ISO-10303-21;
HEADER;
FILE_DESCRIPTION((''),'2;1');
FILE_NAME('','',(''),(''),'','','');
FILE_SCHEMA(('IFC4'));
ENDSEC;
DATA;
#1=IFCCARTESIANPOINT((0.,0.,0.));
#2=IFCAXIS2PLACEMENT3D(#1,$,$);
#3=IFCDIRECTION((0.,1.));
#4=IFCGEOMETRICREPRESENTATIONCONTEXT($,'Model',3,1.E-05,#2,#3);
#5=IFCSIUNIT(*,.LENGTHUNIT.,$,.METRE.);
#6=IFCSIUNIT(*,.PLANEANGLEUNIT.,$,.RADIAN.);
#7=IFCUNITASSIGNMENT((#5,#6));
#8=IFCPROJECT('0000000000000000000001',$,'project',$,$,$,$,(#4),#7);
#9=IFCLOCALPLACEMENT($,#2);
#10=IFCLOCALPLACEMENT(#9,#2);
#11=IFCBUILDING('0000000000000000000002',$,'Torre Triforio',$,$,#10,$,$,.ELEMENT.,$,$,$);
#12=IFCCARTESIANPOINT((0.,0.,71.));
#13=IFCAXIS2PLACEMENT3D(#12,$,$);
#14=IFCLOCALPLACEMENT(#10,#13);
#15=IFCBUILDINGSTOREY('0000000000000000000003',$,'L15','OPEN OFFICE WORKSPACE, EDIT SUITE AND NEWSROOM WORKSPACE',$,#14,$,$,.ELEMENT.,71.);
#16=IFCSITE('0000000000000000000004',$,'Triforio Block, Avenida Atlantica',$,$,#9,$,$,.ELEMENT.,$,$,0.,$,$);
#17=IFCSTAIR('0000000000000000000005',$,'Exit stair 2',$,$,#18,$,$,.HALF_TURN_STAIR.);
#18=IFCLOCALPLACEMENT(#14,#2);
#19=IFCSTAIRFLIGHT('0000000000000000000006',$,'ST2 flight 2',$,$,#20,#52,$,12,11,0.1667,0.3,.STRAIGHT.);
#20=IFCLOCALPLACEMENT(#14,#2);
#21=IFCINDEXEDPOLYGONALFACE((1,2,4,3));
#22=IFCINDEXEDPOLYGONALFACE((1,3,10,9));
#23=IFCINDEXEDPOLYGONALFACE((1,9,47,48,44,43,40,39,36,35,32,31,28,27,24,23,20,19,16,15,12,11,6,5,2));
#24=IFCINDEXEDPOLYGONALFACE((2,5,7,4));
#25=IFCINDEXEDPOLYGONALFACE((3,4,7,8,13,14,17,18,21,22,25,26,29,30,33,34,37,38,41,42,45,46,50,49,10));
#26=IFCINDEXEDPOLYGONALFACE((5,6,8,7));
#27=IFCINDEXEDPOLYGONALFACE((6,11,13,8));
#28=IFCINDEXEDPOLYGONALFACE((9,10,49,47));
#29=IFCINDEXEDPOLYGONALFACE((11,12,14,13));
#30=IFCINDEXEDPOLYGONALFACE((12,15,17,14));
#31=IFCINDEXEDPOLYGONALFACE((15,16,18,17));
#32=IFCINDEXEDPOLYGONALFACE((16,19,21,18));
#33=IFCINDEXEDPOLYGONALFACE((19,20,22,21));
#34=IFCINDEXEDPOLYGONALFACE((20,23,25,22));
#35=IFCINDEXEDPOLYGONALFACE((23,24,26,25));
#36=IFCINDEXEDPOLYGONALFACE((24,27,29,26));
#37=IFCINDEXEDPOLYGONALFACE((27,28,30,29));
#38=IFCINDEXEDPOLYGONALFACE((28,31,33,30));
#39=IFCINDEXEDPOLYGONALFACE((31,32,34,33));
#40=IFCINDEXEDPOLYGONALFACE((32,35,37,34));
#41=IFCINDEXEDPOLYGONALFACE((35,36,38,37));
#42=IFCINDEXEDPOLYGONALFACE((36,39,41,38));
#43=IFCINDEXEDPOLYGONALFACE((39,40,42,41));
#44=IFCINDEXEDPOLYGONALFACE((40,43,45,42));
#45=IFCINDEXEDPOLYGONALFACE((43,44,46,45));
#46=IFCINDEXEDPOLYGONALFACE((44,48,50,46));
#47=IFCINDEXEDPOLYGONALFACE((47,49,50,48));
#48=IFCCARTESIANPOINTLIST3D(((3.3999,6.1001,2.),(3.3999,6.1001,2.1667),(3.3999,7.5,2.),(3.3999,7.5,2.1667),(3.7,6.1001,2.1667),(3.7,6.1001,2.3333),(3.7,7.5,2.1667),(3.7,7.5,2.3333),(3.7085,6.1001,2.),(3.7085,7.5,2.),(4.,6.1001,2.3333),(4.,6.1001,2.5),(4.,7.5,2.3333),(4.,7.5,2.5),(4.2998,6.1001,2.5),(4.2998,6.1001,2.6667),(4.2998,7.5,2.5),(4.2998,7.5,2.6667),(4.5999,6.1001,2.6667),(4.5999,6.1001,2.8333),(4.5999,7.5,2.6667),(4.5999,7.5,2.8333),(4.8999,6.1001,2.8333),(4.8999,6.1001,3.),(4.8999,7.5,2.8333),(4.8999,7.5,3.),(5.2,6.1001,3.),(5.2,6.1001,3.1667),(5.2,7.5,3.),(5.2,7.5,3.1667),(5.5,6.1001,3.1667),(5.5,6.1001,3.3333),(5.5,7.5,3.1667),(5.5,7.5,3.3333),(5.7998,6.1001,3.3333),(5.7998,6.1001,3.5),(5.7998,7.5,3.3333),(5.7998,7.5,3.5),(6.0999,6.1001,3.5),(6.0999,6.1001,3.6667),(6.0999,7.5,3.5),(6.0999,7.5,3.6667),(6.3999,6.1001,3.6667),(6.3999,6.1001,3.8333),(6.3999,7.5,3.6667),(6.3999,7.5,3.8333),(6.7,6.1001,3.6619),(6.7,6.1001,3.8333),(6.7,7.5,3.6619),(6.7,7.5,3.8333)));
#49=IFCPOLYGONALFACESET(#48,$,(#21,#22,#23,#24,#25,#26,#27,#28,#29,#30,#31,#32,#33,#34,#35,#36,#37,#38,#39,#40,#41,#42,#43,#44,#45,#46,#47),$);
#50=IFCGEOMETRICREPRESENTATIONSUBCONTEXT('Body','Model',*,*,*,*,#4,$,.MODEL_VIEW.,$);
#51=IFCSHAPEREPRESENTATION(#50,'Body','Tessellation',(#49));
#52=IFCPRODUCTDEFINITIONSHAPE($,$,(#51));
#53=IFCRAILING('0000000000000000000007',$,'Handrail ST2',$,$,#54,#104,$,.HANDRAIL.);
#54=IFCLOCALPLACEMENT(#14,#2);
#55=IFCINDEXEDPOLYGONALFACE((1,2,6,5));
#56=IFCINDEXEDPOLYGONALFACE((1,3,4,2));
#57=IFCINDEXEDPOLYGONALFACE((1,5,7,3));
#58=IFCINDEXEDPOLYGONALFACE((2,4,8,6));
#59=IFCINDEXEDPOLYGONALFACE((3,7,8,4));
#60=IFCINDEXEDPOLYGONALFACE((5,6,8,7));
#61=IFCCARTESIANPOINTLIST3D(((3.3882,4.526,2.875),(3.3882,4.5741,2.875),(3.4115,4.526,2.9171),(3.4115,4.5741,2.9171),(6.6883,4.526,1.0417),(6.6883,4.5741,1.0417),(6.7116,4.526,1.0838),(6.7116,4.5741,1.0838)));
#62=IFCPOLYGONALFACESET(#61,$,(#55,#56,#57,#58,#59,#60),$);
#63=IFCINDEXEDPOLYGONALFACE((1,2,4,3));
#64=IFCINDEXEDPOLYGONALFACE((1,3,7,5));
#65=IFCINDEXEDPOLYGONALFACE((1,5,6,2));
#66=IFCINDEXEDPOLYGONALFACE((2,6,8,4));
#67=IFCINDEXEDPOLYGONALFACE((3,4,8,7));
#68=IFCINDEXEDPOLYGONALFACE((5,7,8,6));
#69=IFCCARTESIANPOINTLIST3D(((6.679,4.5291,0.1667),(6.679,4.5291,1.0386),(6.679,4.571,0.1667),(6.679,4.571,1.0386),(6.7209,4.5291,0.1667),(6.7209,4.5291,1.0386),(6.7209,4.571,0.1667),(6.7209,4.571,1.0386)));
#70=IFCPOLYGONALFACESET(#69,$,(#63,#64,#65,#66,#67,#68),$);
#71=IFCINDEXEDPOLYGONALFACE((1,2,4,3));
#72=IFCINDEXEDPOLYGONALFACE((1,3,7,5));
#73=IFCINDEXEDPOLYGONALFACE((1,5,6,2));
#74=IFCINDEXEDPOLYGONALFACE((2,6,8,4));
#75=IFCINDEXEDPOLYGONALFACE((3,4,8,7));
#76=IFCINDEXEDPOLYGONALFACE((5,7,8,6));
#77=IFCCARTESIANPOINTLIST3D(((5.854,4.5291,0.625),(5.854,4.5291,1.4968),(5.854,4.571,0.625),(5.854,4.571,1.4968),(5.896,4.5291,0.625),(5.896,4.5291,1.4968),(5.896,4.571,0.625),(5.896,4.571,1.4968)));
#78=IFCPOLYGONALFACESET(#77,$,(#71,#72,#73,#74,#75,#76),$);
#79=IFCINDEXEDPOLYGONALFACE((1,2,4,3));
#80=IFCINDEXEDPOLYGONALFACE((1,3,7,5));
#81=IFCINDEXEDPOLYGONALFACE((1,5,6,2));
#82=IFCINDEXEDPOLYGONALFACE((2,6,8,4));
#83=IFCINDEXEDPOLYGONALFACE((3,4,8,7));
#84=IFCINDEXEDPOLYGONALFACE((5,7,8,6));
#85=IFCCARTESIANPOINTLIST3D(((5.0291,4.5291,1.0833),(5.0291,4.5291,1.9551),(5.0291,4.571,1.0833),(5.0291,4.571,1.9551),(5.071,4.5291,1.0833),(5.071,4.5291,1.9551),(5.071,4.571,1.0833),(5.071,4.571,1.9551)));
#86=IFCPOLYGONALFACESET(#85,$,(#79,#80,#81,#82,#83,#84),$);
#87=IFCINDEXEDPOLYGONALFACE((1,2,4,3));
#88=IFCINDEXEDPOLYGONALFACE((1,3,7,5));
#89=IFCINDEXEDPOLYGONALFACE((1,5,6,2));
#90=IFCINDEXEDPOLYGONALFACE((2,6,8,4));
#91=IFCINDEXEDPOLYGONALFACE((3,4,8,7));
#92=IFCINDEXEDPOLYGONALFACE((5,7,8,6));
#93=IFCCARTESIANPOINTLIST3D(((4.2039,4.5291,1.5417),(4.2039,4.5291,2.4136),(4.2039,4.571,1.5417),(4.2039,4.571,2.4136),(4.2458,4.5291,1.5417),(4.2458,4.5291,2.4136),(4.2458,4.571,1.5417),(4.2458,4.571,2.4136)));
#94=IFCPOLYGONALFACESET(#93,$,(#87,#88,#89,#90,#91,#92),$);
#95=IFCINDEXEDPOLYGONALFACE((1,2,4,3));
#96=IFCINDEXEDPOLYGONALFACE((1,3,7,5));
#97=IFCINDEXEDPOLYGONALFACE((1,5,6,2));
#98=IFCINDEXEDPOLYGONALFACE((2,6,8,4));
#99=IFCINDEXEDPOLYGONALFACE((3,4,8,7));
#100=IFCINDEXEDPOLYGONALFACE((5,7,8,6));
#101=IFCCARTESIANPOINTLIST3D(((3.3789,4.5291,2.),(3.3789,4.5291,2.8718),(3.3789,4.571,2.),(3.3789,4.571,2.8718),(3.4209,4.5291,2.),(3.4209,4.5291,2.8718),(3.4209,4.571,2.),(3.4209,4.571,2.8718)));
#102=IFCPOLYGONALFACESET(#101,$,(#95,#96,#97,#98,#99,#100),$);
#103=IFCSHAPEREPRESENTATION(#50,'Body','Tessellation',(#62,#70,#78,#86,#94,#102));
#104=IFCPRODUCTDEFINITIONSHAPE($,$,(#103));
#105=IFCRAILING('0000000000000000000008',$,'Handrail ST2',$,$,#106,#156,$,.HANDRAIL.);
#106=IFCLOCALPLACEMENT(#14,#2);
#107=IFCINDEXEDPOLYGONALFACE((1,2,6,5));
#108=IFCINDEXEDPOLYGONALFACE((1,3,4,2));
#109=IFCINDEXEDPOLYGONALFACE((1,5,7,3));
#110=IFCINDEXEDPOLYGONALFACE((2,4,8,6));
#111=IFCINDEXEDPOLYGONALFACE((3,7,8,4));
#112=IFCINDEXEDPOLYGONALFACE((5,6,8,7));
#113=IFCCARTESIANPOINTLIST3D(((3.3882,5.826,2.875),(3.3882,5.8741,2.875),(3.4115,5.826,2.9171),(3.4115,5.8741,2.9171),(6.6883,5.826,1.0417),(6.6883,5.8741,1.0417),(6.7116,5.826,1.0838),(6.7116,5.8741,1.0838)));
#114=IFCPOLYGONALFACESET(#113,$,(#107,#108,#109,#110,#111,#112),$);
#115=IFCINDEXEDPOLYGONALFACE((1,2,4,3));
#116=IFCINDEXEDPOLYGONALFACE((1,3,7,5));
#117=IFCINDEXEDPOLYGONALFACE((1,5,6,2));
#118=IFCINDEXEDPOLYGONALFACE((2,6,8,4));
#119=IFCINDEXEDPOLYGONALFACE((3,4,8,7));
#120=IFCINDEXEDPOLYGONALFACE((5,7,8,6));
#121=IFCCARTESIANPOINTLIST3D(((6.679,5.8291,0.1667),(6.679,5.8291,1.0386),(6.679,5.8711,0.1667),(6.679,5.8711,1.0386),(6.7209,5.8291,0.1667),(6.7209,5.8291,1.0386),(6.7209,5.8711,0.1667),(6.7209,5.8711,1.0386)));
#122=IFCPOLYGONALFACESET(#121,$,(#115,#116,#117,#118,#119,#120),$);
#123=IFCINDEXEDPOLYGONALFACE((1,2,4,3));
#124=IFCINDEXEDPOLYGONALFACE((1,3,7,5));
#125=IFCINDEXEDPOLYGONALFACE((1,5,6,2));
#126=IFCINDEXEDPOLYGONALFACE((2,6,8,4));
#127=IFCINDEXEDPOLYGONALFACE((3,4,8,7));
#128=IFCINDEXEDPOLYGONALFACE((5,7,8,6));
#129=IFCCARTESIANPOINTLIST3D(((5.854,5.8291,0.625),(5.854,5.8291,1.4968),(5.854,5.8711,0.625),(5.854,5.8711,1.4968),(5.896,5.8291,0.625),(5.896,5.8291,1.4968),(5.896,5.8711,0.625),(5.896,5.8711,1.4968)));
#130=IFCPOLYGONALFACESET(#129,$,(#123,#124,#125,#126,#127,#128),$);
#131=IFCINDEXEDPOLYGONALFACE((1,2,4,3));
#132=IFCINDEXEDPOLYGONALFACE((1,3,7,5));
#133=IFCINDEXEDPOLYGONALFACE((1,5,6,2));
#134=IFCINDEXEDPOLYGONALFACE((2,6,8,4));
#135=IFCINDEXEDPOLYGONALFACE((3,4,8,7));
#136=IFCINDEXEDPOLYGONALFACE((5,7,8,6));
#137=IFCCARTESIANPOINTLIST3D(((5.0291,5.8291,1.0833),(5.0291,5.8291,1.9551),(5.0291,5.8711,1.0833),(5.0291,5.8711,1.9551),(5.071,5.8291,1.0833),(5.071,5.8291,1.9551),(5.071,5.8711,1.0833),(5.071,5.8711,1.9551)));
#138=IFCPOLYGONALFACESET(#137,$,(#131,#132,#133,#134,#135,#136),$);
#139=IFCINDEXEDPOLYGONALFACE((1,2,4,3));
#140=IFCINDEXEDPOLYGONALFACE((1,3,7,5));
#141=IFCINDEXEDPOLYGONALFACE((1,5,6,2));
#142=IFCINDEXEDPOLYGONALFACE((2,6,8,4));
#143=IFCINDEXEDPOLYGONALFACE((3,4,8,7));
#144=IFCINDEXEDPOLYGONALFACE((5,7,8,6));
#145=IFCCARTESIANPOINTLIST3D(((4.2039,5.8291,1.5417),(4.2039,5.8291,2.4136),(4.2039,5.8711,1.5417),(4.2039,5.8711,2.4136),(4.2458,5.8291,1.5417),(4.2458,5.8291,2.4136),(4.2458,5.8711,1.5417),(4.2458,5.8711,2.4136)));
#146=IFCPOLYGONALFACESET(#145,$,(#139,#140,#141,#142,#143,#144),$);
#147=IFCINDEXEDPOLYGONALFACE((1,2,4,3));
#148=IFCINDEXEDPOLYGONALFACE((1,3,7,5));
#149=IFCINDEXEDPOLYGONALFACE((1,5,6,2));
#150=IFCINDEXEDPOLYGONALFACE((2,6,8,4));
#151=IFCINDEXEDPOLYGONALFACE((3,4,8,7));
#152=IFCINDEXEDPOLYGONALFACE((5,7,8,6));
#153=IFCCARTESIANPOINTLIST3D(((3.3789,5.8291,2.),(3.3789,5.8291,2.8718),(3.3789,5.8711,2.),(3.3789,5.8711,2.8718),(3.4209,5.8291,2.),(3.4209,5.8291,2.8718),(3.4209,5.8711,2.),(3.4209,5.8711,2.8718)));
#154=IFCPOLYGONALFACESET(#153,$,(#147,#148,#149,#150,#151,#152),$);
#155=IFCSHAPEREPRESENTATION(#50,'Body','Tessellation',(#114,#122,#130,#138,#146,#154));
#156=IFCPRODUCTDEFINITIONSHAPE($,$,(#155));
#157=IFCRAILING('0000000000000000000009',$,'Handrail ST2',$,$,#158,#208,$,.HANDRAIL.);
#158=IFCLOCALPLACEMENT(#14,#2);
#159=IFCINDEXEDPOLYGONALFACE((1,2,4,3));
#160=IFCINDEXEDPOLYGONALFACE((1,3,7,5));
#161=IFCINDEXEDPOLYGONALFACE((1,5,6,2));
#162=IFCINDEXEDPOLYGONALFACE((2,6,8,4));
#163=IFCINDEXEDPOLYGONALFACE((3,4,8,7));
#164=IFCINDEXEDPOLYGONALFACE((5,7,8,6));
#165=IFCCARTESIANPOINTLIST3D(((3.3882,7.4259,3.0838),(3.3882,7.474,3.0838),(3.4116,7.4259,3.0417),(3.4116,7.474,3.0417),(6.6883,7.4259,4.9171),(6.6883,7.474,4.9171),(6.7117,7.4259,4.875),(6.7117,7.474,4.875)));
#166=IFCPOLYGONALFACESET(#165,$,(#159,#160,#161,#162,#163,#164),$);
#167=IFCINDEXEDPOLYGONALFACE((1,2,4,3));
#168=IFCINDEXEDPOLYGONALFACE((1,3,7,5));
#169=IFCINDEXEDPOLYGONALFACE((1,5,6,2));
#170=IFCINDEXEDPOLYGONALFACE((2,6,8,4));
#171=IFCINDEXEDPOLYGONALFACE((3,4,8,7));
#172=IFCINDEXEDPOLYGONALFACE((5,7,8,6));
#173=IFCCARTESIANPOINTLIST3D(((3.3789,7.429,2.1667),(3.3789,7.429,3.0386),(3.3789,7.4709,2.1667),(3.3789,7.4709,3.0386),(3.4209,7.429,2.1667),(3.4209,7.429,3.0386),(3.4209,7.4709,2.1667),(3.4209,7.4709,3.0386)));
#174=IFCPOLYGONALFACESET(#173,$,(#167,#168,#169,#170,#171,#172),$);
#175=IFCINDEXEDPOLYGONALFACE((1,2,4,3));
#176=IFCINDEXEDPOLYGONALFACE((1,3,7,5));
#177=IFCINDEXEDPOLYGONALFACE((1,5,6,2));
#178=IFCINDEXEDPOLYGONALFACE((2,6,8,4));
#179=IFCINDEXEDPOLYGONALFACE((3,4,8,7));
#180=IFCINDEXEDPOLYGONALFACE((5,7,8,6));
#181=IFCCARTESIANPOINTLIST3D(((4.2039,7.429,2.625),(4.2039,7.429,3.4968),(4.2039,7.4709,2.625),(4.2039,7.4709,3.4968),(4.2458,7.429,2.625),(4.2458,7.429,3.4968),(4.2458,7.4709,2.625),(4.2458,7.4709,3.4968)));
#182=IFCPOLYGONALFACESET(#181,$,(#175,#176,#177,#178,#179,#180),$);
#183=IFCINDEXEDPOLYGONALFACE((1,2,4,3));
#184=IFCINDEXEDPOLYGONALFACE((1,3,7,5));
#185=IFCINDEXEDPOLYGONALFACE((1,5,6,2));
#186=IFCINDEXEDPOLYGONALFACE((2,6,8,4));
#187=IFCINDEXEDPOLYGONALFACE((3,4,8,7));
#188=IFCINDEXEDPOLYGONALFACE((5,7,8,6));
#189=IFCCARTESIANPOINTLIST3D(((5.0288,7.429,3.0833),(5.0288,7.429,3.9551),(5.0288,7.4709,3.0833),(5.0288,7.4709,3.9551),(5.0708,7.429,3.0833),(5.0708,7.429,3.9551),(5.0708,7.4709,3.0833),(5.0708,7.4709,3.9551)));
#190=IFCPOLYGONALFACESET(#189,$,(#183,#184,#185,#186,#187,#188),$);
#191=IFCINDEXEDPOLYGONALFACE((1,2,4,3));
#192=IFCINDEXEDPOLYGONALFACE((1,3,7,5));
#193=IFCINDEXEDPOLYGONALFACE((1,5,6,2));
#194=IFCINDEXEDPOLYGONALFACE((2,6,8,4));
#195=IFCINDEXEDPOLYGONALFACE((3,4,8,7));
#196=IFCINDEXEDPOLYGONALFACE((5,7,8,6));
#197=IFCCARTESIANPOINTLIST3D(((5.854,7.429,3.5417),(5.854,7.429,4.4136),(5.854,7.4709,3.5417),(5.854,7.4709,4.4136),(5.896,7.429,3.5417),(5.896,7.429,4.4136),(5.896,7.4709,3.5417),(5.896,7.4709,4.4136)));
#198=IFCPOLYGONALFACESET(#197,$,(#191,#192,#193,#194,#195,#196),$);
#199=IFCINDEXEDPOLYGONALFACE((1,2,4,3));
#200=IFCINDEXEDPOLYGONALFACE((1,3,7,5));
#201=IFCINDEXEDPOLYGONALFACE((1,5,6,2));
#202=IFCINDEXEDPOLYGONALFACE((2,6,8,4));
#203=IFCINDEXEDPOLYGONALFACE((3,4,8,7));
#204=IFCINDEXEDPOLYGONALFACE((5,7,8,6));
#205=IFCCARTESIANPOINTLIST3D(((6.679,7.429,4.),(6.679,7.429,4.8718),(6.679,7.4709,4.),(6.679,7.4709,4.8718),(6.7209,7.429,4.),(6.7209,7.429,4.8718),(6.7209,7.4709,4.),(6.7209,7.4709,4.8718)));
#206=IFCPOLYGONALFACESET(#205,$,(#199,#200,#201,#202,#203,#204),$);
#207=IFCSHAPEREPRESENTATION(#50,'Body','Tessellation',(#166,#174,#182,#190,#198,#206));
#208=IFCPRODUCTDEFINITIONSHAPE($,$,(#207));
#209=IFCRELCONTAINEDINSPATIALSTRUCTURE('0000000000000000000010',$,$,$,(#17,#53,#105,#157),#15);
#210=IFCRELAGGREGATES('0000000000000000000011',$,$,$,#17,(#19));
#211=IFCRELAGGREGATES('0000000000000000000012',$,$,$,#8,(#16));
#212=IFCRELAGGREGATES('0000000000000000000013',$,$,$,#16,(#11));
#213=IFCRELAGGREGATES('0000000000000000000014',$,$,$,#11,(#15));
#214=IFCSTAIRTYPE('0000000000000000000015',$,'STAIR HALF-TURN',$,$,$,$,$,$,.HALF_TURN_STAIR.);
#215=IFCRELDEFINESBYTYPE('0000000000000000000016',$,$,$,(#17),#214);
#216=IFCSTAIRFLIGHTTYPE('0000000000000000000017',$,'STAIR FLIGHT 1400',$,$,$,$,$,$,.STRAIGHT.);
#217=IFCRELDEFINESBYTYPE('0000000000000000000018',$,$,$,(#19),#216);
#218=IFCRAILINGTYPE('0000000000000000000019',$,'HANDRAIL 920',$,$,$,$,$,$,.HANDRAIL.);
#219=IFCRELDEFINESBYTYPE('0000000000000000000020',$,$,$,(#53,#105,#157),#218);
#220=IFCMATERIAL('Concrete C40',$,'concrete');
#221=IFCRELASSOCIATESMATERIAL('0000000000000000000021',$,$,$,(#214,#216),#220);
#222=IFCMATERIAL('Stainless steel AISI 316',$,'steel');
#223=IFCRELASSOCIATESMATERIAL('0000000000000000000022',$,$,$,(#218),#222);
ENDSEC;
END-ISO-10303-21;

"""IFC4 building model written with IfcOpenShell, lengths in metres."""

from ifc_helpers import new_model, si_unit, direction, frame, origin, origin_2d, place, context, subcontext, project, spatial, polyline, rectangle, outline, extrude, material, type_object, element, aggregate, save


model = new_model("IFC4")

# Units and contexts
model_context = context("Model", 3, precision=1e-05, world=origin(), true_north=direction((0.0, 1.0)))
body_context = subcontext(model_context, "Body", "Model", "MODEL_VIEW")
ifc_project = project(units=[si_unit("LENGTHUNIT", "METRE"), si_unit("PLANEANGLEUNIT", "RADIAN")], contexts=[model_context])

# Site, building, storey
site_placement = place(None, origin())
site = spatial("IfcSite", under=ifc_project, at=site_placement, Name="Triforio Block, Avenida Atlantica", CompositionType="ELEMENT", RefElevation=0.0)
building_placement = place(site_placement, origin())
building = spatial("IfcBuilding", under=site, at=building_placement, Name="Torre Triforio", CompositionType="ELEMENT")
storey_placement = place(building_placement, frame((0.0, 0.0, 71.0)))
storey = spatial("IfcBuildingStorey", under=building, at=storey_placement, Name="L15", Description="OPEN OFFICE WORKSPACE, EDIT SUITE AND NEWSROOM WORKSPACE", CompositionType="ELEMENT", Elevation=71.0)

# Stair
ifc_material_1 = material(Name="Concrete C40", Category="concrete")
stair_type = type_object("IfcStairType", Name="STAIR HALF-TURN", PredefinedType="HALF_TURN_STAIR", material=ifc_material_1)
stair_1_placement = place(storey_placement, origin())
stair_1 = element("IfcStair", 1, at=stair_1_placement, inside=storey, type_object=stair_type, Name="Exit stair 2", PredefinedType="HALF_TURN_STAIR")

# Stair flight
stair_flight_type = type_object("IfcStairFlightType", Name="STAIR FLIGHT 1400", PredefinedType="STRAIGHT", material=ifc_material_1)
stair_flight_1_placement = place(storey_placement, frame((3.3999, 6.8, 2.0), z_axis=(0.0, 0.0, 1.0), x_axis=(1.0, 0.0, 0.0)))
stair_flight_1 = element("IfcStairFlight", 2, at=stair_flight_1_placement, type_object=stair_flight_type, Name="ST2 flight 2", NumberOfRisers=12, NumberOfTreads=11, PredefinedType="STRAIGHT", RiserHeight=0.1667, TreadLength=0.3, context=body_context, shape_type="SweptSolid", body=[
    extrude(outline(polyline([(0.0, 0.0), (0.0, 0.1667), (0.3, 0.1667), (0.3, 0.3333), (0.6001, 0.3333), (0.6001, 0.5), (0.8999, 0.5), (0.8999, 0.6667), (1.2, 0.6667), (1.2, 0.8333), (1.5, 0.8333), (1.5, 1.0), (1.8, 1.0), (1.8, 1.1667), (2.1001, 1.1667), (2.1001, 1.3333), (2.3999, 1.3333), (2.3999, 1.5), (2.7, 1.5), (2.7, 1.6667), (3.0, 1.6667), (3.0, 1.8333), (3.3, 1.8333), (3.3, 2.0), (3.3, 1.6619), (0.3086, 0.0), (0.0, 0.0)])), frame((0.0, 0.7, 0.0), z_axis=(0.0, -1.0, 0.0), x_axis=(1.0, 0.0, 0.0)), (0.0, 0.0, 1.0), 1.3999),
])
aggregate(stair_1, [stair_flight_1])

# Railings
ifc_material_2 = material(Name="Stainless steel AISI 316", Category="steel")
railing_type = type_object("IfcRailingType", Name="HANDRAIL 920", PredefinedType="HANDRAIL", material=ifc_material_2)
for number, where, name in (
    (3, (6.7, 4.55, 0.1667), "Handrail ST2"),
    (4, (6.7, 5.8501, 0.1667), "Handrail ST2"),
):
    element("IfcRailing", number, at=place(storey_placement, frame(where)), inside=storey, type_object=railing_type, Name=name, PredefinedType="HANDRAIL", context=body_context, shape_type="SweptSolid", body=[
        extrude(rectangle(XDim=0.0481, YDim=0.0481, at=origin_2d()), frame((0.0, 0.0, 0.896), z_axis=(-0.874169, 0.0, 0.485621), x_axis=(0.0, -1.0, 0.0)), (0.0, 0.0, 1.0), 3.7751),
        extrude(rectangle(XDim=0.042, YDim=0.042, at=origin_2d()), origin(), (0.0, 0.0, 1.0), 0.8718),
        extrude(rectangle(XDim=0.042, YDim=0.042, at=origin_2d()), frame((-0.825, 0.0, 0.4583)), (0.0, 0.0, 1.0), 0.8718),
        extrude(rectangle(XDim=0.042, YDim=0.042, at=origin_2d()), frame((-1.6499, 0.0, 0.9165)), (0.0, 0.0, 1.0), 0.8718),
        extrude(rectangle(XDim=0.042, YDim=0.042, at=origin_2d()), frame((-2.4751, 0.0, 1.375)), (0.0, 0.0, 1.0), 0.8718),
        extrude(rectangle(XDim=0.042, YDim=0.042, at=origin_2d()), frame((-3.3, 0.0, 1.8333)), (0.0, 0.0, 1.0), 0.8718),
    ])
for number, where, name in (
    (5, (3.3999, 7.45, 2.1667), "Handrail ST2"),
):
    element("IfcRailing", number, at=place(storey_placement, frame(where)), inside=storey, type_object=railing_type, Name=name, PredefinedType="HANDRAIL", context=body_context, shape_type="SweptSolid", body=[
        extrude(rectangle(XDim=0.0481, YDim=0.0481, at=origin_2d()), frame((0.0, 0.0, 0.896), z_axis=(0.874169, 0.0, 0.485621), x_axis=(0.0, 1.0, 0.0)), (0.0, 0.0, 1.0), 3.7751),
        extrude(rectangle(XDim=0.042, YDim=0.042, at=origin_2d()), origin(), (0.0, 0.0, 1.0), 0.8718),
        extrude(rectangle(XDim=0.042, YDim=0.042, at=origin_2d()), frame((0.825, 0.0, 0.4583)), (0.0, 0.0, 1.0), 0.8718),
        extrude(rectangle(XDim=0.042, YDim=0.042, at=origin_2d()), frame((1.6499, 0.0, 0.9165)), (0.0, 0.0, 1.0), 0.8718),
        extrude(rectangle(XDim=0.042, YDim=0.042, at=origin_2d()), frame((2.4751, 0.0, 1.375)), (0.0, 0.0, 1.0), 0.8718),
        extrude(rectangle(XDim=0.042, YDim=0.042, at=origin_2d()), frame((3.3, 0.0, 1.8333)), (0.0, 0.0, 1.0), 0.8718),
    ])

save(model, "model.ifc")
